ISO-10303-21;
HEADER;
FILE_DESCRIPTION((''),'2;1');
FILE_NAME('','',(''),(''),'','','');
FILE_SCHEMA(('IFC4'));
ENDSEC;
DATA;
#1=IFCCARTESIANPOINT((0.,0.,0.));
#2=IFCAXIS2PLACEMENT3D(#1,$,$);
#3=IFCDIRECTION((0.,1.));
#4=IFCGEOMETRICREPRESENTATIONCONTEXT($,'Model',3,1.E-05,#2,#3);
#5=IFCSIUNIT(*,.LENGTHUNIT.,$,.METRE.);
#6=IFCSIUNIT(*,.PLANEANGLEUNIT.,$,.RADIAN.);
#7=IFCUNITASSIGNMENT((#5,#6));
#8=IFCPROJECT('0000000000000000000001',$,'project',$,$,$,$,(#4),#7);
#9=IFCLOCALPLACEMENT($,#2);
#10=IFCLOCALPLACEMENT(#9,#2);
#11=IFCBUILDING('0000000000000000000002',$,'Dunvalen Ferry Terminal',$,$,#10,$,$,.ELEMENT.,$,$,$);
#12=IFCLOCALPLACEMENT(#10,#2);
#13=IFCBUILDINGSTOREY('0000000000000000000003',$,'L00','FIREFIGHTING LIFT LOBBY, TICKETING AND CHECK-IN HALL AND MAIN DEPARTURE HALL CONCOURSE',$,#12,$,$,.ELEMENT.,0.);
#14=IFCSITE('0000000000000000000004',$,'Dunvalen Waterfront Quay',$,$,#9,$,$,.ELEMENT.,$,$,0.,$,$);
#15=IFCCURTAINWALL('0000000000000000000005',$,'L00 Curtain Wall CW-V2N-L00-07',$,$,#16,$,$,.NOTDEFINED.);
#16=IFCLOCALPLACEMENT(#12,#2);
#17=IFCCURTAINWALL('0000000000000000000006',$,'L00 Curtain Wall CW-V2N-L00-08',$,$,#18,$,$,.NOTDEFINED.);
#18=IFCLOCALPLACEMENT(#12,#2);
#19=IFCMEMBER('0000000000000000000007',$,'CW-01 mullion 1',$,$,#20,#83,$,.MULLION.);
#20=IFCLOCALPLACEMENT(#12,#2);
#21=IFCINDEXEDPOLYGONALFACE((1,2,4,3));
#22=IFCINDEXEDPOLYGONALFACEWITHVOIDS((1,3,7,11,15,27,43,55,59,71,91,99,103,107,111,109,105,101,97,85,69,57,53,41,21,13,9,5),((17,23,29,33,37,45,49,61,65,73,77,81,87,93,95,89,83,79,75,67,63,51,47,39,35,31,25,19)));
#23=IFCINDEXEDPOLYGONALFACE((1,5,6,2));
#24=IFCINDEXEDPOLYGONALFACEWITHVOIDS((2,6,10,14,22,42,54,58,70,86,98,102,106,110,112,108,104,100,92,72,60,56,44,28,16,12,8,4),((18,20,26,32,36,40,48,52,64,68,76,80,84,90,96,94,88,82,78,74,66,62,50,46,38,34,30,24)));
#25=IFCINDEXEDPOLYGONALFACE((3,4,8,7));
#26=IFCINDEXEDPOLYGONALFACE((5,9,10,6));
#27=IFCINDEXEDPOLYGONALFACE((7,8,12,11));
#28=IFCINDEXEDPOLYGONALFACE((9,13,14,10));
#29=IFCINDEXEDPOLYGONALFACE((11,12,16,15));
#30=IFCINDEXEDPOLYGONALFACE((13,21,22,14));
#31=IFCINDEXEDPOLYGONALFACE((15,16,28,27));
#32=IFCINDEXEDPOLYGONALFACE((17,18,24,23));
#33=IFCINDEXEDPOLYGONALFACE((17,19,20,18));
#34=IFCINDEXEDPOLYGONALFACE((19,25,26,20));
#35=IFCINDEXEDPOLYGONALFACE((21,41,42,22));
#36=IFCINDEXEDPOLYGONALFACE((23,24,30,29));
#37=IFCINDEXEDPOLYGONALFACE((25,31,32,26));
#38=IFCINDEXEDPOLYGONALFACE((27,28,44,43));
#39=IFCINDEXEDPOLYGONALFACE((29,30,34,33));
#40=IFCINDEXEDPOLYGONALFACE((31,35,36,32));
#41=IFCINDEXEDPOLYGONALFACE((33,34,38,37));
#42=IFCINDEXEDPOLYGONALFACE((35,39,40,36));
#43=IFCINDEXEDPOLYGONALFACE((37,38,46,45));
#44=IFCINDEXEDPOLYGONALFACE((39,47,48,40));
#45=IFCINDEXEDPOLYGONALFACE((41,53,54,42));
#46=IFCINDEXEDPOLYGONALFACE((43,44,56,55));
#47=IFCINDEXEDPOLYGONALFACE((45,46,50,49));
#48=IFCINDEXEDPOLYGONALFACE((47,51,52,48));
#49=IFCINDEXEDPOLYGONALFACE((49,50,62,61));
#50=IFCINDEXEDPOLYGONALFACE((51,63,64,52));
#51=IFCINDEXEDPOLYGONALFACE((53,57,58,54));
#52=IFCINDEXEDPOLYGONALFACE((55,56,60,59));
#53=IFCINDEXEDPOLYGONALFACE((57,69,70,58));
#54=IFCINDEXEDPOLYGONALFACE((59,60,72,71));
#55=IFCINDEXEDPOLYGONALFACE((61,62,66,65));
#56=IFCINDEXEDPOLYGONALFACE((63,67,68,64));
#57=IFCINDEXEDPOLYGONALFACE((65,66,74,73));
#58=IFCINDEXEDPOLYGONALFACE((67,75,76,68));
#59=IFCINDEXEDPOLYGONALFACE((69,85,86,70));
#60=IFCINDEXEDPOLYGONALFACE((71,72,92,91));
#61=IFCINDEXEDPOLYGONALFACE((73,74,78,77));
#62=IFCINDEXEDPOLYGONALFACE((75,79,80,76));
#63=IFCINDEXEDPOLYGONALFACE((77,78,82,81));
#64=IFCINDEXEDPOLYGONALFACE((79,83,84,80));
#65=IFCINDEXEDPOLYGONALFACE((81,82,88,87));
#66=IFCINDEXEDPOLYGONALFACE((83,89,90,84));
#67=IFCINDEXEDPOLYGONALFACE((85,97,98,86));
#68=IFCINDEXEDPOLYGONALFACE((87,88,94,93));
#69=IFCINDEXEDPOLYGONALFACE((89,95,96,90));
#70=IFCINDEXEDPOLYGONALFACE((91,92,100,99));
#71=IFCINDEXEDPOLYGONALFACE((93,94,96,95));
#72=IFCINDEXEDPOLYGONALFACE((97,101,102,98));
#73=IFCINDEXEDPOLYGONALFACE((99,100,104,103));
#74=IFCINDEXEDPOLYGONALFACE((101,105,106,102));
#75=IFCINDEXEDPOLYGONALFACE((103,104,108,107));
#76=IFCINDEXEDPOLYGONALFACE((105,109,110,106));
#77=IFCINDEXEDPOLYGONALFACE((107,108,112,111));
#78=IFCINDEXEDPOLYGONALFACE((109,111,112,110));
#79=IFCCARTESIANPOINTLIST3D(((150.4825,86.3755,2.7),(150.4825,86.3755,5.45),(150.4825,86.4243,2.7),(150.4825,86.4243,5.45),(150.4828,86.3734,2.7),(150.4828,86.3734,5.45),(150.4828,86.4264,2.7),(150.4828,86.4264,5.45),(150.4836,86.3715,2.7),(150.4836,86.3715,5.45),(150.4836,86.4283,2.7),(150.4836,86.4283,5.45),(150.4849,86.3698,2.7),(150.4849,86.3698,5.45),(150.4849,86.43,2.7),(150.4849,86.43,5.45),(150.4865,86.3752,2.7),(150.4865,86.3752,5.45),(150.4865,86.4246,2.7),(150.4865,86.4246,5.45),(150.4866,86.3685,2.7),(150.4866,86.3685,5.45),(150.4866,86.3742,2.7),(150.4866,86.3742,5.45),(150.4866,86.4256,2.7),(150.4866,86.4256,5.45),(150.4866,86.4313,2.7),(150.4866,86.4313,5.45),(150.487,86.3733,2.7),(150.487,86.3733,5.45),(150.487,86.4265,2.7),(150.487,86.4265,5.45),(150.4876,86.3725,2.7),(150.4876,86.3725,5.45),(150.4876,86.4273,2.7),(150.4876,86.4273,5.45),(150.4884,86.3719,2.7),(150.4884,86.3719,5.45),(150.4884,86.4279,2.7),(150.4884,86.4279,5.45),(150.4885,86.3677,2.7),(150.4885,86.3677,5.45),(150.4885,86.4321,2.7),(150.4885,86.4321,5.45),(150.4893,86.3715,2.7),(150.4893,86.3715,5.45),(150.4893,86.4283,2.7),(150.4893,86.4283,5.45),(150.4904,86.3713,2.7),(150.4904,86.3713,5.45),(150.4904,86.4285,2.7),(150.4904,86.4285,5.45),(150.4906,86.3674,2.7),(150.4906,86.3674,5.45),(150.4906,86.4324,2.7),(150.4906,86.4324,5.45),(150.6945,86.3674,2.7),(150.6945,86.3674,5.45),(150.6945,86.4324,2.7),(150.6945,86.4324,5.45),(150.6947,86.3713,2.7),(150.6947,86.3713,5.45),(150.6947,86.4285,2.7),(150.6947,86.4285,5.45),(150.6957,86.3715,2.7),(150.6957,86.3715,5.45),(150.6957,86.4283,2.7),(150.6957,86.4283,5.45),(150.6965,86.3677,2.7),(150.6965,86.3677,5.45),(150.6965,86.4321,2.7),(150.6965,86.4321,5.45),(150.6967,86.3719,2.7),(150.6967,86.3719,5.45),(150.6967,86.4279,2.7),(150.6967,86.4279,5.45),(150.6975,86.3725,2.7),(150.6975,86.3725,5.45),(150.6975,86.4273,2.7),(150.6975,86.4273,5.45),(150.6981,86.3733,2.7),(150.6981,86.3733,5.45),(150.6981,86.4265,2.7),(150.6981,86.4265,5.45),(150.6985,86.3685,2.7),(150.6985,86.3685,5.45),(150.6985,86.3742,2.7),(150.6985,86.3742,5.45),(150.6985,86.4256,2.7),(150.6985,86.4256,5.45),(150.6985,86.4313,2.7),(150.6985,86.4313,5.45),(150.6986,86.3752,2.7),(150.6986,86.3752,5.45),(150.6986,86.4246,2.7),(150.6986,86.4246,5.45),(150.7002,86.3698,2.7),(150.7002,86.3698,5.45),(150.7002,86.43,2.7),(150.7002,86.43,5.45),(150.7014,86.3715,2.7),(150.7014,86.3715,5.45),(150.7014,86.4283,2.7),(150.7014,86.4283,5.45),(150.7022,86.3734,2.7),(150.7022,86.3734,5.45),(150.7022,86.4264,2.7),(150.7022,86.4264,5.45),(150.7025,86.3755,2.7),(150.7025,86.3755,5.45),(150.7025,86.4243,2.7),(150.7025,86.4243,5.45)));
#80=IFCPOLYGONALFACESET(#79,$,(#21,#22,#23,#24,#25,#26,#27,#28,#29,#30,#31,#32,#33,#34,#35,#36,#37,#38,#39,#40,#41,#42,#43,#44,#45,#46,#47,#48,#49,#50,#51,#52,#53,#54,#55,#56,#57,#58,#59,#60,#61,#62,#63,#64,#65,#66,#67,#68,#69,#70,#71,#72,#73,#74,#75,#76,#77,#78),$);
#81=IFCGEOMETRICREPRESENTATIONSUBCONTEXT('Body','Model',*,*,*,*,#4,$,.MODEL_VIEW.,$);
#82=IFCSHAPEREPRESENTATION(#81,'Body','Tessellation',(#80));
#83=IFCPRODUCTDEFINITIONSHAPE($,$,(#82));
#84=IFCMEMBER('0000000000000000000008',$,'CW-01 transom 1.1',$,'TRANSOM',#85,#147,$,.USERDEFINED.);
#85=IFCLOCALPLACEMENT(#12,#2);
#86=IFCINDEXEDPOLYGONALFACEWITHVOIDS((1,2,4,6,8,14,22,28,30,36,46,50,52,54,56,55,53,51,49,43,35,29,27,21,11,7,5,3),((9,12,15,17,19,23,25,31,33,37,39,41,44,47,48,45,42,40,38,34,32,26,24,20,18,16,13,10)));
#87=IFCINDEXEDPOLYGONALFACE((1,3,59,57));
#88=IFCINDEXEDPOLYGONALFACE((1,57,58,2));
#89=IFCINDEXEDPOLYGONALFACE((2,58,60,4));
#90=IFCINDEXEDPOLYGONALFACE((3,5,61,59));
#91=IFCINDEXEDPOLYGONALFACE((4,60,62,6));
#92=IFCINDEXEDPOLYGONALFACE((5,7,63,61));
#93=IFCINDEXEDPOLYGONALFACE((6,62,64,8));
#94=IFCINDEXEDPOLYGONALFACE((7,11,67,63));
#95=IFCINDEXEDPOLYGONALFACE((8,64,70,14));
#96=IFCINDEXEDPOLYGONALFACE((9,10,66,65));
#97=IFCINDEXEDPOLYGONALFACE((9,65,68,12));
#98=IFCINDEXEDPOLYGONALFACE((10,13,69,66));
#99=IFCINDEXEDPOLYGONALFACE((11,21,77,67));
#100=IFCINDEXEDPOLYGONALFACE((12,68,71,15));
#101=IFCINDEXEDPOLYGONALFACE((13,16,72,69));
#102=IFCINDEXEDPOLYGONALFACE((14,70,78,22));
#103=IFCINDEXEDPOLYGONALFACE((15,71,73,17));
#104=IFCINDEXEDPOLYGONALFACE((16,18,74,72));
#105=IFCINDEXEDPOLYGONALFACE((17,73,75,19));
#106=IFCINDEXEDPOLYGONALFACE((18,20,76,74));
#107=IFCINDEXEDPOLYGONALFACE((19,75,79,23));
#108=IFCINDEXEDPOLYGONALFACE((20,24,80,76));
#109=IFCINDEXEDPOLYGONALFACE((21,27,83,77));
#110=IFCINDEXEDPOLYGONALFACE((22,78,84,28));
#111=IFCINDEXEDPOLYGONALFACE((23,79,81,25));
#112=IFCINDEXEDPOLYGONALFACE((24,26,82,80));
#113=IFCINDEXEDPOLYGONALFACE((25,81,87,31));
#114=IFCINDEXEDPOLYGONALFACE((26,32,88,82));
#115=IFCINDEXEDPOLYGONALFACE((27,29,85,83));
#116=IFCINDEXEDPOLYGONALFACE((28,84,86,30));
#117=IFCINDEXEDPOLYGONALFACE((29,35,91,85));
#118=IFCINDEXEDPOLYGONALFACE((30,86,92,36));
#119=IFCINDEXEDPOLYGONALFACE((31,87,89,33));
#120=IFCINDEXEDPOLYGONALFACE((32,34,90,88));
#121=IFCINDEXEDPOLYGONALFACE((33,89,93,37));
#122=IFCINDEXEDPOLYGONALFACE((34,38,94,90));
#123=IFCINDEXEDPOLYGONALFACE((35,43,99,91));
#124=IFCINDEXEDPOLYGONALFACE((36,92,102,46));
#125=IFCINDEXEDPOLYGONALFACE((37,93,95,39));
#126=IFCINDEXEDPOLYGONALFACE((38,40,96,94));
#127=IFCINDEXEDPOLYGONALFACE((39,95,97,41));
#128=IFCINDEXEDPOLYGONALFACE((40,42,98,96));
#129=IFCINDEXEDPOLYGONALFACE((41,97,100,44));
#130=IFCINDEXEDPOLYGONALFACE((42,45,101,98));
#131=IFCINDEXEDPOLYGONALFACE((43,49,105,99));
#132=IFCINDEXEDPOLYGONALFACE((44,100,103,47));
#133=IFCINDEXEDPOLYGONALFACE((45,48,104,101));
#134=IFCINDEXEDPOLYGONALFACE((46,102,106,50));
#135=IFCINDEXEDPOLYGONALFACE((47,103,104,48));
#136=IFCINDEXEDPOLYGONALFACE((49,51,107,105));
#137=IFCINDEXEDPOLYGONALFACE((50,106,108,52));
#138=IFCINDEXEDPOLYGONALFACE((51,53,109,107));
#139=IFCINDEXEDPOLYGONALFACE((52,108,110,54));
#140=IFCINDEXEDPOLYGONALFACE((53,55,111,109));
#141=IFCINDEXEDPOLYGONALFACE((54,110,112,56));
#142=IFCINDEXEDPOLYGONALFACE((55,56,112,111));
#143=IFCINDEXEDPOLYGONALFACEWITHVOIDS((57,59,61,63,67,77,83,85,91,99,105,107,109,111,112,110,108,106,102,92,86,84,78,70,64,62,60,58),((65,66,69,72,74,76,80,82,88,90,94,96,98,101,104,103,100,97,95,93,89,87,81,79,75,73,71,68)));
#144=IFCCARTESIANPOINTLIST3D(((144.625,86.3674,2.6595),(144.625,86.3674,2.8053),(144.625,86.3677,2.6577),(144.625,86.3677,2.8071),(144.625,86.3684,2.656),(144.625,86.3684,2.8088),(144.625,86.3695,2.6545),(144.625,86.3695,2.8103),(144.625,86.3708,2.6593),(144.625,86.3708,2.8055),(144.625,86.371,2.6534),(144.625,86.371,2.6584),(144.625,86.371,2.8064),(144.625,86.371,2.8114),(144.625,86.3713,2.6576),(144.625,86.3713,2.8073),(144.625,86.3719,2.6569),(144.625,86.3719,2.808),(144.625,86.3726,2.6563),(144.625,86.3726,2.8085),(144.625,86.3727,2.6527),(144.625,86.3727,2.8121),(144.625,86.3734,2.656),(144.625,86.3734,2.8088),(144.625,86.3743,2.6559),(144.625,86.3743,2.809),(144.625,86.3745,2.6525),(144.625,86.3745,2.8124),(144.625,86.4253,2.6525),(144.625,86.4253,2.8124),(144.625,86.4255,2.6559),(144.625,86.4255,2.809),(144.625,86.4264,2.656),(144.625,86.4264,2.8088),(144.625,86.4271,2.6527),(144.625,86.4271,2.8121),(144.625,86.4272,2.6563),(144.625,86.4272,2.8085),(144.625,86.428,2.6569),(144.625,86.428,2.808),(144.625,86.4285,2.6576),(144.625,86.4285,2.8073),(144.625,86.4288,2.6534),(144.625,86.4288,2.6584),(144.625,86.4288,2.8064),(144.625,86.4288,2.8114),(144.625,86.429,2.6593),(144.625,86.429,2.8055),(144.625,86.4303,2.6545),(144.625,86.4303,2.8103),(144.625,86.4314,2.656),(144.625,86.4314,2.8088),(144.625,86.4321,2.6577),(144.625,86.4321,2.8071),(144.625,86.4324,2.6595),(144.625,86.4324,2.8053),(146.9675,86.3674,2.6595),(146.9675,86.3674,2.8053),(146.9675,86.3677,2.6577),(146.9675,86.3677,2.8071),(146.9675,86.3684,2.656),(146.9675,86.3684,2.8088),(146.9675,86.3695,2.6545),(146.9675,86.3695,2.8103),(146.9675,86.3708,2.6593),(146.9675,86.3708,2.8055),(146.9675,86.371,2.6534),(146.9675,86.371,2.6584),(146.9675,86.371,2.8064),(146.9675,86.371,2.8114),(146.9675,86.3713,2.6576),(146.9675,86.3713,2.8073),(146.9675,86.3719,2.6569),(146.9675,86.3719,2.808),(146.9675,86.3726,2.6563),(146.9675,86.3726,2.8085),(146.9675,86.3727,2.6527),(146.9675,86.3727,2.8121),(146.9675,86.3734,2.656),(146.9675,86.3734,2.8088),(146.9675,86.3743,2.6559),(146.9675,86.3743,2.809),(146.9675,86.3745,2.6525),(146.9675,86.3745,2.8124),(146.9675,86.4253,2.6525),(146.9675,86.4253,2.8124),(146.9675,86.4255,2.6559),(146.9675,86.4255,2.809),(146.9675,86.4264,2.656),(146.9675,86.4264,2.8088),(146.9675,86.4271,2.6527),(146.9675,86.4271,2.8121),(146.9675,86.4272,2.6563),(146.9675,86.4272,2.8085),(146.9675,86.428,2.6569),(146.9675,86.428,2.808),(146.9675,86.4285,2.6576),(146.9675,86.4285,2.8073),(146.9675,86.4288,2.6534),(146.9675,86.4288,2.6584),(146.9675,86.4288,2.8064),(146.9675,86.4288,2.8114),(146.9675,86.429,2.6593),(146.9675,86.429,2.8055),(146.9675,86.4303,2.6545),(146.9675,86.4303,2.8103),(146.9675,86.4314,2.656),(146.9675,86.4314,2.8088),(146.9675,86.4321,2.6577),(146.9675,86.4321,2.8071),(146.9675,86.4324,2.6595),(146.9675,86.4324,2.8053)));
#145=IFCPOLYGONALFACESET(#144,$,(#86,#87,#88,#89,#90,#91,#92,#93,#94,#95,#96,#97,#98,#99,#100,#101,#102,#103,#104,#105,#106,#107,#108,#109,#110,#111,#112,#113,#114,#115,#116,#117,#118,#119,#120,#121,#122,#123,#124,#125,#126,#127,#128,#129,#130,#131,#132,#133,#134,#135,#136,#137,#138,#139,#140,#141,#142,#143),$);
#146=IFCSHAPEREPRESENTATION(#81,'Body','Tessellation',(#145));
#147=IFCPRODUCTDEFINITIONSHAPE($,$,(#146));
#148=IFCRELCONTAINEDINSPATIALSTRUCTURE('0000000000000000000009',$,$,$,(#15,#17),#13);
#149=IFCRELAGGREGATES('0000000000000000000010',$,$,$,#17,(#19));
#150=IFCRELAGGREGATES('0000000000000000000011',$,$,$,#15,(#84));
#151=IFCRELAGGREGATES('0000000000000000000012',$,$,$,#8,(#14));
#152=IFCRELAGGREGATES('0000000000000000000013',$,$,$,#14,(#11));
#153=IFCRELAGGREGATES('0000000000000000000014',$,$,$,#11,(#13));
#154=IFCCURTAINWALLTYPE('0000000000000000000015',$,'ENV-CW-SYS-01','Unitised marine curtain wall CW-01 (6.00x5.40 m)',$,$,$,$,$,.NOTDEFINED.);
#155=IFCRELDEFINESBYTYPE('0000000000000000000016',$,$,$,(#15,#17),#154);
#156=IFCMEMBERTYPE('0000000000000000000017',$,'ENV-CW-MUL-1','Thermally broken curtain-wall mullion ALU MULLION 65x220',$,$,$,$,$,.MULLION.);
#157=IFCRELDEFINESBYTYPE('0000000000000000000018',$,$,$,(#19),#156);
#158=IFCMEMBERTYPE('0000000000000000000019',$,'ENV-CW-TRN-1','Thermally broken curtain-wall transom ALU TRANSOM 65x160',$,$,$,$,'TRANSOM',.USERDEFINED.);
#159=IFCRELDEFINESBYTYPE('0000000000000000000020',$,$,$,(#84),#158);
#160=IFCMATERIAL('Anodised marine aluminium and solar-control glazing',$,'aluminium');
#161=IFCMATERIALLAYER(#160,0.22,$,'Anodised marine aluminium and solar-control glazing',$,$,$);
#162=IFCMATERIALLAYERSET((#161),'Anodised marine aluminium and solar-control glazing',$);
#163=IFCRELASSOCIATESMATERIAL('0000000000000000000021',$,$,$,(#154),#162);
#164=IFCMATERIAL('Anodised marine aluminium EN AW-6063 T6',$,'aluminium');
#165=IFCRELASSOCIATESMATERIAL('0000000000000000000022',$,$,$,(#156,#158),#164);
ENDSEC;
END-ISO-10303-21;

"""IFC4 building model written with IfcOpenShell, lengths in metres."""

from ifc_helpers import new_model, si_unit, direction, frame, origin, origin_2d, place, context, subcontext, project, spatial, hollow_rectangle, extrude, material, layer, layer_set, material_profile, profile_set, type_object, element, aggregate, save


model = new_model("IFC4")

# Units and contexts
model_context = context("Model", 3, precision=1e-05, world=origin(), true_north=direction((0.0, 1.0)))
body_context = subcontext(model_context, "Body", "Model", "MODEL_VIEW")
ifc_project = project(units=[si_unit("LENGTHUNIT", "METRE"), si_unit("PLANEANGLEUNIT", "RADIAN")], contexts=[model_context])

# Site, building, storey
site_placement = place(None, origin())
site = spatial("IfcSite", under=ifc_project, at=site_placement, Name="Dunvalen Waterfront Quay", CompositionType="ELEMENT", RefElevation=0.0)
building_placement = place(site_placement, origin())
building = spatial("IfcBuilding", under=site, at=building_placement, Name="Dunvalen Ferry Terminal", CompositionType="ELEMENT")
storey_placement = place(building_placement, origin())
storey = spatial("IfcBuildingStorey", under=building, at=storey_placement, Name="L00", Description="FIREFIGHTING LIFT LOBBY, TICKETING AND CHECK-IN HALL AND MAIN DEPARTURE HALL CONCOURSE", CompositionType="ELEMENT", Elevation=0.0)

# Curtain wall
ifc_material_1 = material(Name="Anodised marine aluminium and solar-control glazing", Category="aluminium")
ifc_layer_1 = layer(ifc_material_1, 0.22, Name="Anodised marine aluminium and solar-control glazing")
ifc_layer_set_1 = layer_set([ifc_layer_1], Name="Anodised marine aluminium and solar-control glazing")
curtain_wall_type = type_object("IfcCurtainWallType", Name="ENV-CW-SYS-01", Description="Unitised marine curtain wall CW-01 (6.00x5.40 m)", PredefinedType="NOTDEFINED", material=ifc_layer_set_1)
curtain_wall_1_placement = place(storey_placement, origin())
curtain_wall_1 = element("IfcCurtainWall", 1, at=curtain_wall_1_placement, inside=storey, type_object=curtain_wall_type, Name="L00 Curtain Wall CW-V2N-L00-07", PredefinedType="NOTDEFINED")
ifc_material_2 = material(Name="Anodised marine aluminium EN AW-6063 T6", Category="aluminium")
ifc_material_profile_1 = material_profile(ifc_material_2, hollow_rectangle(XDim=0.0649, YDim=0.22, WallThickness=0.0039, InnerFilletRadius=0.0039, OuterFilletRadius=0.0081, at=origin_2d()), Name="Anodised marine aluminium EN AW-6063 T6")
ifc_profile_set_1 = profile_set([ifc_material_profile_1], Name="Anodised marine aluminium EN AW-6063 T6")
member_type_1 = type_object("IfcMemberType", Name="ENV-CW-MUL-1", Description="Thermally broken curtain-wall mullion ALU MULLION 65x220", PredefinedType="MULLION", material=ifc_profile_set_1)

# Curtain wall, member
curtain_wall_2_placement = place(storey_placement, origin())
curtain_wall_2 = element("IfcCurtainWall", 2, at=curtain_wall_2_placement, inside=storey, type_object=curtain_wall_type, Name="L00 Curtain Wall CW-V2N-L00-08", PredefinedType="NOTDEFINED")
member_1_placement = place(storey_placement, frame((150.5925, 86.3999, 2.7), z_axis=(0.0, 0.0, 1.0), x_axis=(0.0, 1.0, 0.0)))
member_1 = element("IfcMember", 3, at=member_1_placement, type_object=member_type_1, Name="CW-01 mullion 1", PredefinedType="MULLION", context=body_context, shape_type="SweptSolid", body=[
    extrude(hollow_rectangle(XDim=0.0649, YDim=0.22, WallThickness=0.0039, InnerFilletRadius=0.0039, OuterFilletRadius=0.0081, at=origin_2d()), origin(), (0.0, 0.0, 1.0), 2.75),
])
aggregate(curtain_wall_2, [member_1])

# Member
ifc_material_profile_2 = material_profile(ifc_material_2, hollow_rectangle(XDim=0.0649, YDim=0.1599, WallThickness=0.0034, InnerFilletRadius=0.0034, OuterFilletRadius=0.0071, at=origin_2d()), Name="Anodised marine aluminium EN AW-6063 T6")
ifc_profile_set_2 = profile_set([ifc_material_profile_2], Name="Anodised marine aluminium EN AW-6063 T6")
member_type_2 = type_object("IfcMemberType", Name="ENV-CW-TRN-1", Description="Thermally broken curtain-wall transom ALU TRANSOM 65x160", ElementType="TRANSOM", PredefinedType="USERDEFINED", material=ifc_profile_set_2)
member_2_placement = place(storey_placement, frame((144.625, 86.3999, 2.7324), z_axis=(1.0, 0.0, 0.0), x_axis=(0.0, 1.0, 0.0)))
member_2 = element("IfcMember", 4, at=member_2_placement, type_object=member_type_2, Name="CW-01 transom 1.1", ObjectType="TRANSOM", PredefinedType="USERDEFINED", context=body_context, shape_type="SweptSolid", body=[
    extrude(hollow_rectangle(XDim=0.0649, YDim=0.1599, WallThickness=0.0034, InnerFilletRadius=0.0034, OuterFilletRadius=0.0071, at=origin_2d()), origin(), (0.0, 0.0, 1.0), 2.3425),
])

aggregate(curtain_wall_1, [member_2])

save(model, "model.ifc")
